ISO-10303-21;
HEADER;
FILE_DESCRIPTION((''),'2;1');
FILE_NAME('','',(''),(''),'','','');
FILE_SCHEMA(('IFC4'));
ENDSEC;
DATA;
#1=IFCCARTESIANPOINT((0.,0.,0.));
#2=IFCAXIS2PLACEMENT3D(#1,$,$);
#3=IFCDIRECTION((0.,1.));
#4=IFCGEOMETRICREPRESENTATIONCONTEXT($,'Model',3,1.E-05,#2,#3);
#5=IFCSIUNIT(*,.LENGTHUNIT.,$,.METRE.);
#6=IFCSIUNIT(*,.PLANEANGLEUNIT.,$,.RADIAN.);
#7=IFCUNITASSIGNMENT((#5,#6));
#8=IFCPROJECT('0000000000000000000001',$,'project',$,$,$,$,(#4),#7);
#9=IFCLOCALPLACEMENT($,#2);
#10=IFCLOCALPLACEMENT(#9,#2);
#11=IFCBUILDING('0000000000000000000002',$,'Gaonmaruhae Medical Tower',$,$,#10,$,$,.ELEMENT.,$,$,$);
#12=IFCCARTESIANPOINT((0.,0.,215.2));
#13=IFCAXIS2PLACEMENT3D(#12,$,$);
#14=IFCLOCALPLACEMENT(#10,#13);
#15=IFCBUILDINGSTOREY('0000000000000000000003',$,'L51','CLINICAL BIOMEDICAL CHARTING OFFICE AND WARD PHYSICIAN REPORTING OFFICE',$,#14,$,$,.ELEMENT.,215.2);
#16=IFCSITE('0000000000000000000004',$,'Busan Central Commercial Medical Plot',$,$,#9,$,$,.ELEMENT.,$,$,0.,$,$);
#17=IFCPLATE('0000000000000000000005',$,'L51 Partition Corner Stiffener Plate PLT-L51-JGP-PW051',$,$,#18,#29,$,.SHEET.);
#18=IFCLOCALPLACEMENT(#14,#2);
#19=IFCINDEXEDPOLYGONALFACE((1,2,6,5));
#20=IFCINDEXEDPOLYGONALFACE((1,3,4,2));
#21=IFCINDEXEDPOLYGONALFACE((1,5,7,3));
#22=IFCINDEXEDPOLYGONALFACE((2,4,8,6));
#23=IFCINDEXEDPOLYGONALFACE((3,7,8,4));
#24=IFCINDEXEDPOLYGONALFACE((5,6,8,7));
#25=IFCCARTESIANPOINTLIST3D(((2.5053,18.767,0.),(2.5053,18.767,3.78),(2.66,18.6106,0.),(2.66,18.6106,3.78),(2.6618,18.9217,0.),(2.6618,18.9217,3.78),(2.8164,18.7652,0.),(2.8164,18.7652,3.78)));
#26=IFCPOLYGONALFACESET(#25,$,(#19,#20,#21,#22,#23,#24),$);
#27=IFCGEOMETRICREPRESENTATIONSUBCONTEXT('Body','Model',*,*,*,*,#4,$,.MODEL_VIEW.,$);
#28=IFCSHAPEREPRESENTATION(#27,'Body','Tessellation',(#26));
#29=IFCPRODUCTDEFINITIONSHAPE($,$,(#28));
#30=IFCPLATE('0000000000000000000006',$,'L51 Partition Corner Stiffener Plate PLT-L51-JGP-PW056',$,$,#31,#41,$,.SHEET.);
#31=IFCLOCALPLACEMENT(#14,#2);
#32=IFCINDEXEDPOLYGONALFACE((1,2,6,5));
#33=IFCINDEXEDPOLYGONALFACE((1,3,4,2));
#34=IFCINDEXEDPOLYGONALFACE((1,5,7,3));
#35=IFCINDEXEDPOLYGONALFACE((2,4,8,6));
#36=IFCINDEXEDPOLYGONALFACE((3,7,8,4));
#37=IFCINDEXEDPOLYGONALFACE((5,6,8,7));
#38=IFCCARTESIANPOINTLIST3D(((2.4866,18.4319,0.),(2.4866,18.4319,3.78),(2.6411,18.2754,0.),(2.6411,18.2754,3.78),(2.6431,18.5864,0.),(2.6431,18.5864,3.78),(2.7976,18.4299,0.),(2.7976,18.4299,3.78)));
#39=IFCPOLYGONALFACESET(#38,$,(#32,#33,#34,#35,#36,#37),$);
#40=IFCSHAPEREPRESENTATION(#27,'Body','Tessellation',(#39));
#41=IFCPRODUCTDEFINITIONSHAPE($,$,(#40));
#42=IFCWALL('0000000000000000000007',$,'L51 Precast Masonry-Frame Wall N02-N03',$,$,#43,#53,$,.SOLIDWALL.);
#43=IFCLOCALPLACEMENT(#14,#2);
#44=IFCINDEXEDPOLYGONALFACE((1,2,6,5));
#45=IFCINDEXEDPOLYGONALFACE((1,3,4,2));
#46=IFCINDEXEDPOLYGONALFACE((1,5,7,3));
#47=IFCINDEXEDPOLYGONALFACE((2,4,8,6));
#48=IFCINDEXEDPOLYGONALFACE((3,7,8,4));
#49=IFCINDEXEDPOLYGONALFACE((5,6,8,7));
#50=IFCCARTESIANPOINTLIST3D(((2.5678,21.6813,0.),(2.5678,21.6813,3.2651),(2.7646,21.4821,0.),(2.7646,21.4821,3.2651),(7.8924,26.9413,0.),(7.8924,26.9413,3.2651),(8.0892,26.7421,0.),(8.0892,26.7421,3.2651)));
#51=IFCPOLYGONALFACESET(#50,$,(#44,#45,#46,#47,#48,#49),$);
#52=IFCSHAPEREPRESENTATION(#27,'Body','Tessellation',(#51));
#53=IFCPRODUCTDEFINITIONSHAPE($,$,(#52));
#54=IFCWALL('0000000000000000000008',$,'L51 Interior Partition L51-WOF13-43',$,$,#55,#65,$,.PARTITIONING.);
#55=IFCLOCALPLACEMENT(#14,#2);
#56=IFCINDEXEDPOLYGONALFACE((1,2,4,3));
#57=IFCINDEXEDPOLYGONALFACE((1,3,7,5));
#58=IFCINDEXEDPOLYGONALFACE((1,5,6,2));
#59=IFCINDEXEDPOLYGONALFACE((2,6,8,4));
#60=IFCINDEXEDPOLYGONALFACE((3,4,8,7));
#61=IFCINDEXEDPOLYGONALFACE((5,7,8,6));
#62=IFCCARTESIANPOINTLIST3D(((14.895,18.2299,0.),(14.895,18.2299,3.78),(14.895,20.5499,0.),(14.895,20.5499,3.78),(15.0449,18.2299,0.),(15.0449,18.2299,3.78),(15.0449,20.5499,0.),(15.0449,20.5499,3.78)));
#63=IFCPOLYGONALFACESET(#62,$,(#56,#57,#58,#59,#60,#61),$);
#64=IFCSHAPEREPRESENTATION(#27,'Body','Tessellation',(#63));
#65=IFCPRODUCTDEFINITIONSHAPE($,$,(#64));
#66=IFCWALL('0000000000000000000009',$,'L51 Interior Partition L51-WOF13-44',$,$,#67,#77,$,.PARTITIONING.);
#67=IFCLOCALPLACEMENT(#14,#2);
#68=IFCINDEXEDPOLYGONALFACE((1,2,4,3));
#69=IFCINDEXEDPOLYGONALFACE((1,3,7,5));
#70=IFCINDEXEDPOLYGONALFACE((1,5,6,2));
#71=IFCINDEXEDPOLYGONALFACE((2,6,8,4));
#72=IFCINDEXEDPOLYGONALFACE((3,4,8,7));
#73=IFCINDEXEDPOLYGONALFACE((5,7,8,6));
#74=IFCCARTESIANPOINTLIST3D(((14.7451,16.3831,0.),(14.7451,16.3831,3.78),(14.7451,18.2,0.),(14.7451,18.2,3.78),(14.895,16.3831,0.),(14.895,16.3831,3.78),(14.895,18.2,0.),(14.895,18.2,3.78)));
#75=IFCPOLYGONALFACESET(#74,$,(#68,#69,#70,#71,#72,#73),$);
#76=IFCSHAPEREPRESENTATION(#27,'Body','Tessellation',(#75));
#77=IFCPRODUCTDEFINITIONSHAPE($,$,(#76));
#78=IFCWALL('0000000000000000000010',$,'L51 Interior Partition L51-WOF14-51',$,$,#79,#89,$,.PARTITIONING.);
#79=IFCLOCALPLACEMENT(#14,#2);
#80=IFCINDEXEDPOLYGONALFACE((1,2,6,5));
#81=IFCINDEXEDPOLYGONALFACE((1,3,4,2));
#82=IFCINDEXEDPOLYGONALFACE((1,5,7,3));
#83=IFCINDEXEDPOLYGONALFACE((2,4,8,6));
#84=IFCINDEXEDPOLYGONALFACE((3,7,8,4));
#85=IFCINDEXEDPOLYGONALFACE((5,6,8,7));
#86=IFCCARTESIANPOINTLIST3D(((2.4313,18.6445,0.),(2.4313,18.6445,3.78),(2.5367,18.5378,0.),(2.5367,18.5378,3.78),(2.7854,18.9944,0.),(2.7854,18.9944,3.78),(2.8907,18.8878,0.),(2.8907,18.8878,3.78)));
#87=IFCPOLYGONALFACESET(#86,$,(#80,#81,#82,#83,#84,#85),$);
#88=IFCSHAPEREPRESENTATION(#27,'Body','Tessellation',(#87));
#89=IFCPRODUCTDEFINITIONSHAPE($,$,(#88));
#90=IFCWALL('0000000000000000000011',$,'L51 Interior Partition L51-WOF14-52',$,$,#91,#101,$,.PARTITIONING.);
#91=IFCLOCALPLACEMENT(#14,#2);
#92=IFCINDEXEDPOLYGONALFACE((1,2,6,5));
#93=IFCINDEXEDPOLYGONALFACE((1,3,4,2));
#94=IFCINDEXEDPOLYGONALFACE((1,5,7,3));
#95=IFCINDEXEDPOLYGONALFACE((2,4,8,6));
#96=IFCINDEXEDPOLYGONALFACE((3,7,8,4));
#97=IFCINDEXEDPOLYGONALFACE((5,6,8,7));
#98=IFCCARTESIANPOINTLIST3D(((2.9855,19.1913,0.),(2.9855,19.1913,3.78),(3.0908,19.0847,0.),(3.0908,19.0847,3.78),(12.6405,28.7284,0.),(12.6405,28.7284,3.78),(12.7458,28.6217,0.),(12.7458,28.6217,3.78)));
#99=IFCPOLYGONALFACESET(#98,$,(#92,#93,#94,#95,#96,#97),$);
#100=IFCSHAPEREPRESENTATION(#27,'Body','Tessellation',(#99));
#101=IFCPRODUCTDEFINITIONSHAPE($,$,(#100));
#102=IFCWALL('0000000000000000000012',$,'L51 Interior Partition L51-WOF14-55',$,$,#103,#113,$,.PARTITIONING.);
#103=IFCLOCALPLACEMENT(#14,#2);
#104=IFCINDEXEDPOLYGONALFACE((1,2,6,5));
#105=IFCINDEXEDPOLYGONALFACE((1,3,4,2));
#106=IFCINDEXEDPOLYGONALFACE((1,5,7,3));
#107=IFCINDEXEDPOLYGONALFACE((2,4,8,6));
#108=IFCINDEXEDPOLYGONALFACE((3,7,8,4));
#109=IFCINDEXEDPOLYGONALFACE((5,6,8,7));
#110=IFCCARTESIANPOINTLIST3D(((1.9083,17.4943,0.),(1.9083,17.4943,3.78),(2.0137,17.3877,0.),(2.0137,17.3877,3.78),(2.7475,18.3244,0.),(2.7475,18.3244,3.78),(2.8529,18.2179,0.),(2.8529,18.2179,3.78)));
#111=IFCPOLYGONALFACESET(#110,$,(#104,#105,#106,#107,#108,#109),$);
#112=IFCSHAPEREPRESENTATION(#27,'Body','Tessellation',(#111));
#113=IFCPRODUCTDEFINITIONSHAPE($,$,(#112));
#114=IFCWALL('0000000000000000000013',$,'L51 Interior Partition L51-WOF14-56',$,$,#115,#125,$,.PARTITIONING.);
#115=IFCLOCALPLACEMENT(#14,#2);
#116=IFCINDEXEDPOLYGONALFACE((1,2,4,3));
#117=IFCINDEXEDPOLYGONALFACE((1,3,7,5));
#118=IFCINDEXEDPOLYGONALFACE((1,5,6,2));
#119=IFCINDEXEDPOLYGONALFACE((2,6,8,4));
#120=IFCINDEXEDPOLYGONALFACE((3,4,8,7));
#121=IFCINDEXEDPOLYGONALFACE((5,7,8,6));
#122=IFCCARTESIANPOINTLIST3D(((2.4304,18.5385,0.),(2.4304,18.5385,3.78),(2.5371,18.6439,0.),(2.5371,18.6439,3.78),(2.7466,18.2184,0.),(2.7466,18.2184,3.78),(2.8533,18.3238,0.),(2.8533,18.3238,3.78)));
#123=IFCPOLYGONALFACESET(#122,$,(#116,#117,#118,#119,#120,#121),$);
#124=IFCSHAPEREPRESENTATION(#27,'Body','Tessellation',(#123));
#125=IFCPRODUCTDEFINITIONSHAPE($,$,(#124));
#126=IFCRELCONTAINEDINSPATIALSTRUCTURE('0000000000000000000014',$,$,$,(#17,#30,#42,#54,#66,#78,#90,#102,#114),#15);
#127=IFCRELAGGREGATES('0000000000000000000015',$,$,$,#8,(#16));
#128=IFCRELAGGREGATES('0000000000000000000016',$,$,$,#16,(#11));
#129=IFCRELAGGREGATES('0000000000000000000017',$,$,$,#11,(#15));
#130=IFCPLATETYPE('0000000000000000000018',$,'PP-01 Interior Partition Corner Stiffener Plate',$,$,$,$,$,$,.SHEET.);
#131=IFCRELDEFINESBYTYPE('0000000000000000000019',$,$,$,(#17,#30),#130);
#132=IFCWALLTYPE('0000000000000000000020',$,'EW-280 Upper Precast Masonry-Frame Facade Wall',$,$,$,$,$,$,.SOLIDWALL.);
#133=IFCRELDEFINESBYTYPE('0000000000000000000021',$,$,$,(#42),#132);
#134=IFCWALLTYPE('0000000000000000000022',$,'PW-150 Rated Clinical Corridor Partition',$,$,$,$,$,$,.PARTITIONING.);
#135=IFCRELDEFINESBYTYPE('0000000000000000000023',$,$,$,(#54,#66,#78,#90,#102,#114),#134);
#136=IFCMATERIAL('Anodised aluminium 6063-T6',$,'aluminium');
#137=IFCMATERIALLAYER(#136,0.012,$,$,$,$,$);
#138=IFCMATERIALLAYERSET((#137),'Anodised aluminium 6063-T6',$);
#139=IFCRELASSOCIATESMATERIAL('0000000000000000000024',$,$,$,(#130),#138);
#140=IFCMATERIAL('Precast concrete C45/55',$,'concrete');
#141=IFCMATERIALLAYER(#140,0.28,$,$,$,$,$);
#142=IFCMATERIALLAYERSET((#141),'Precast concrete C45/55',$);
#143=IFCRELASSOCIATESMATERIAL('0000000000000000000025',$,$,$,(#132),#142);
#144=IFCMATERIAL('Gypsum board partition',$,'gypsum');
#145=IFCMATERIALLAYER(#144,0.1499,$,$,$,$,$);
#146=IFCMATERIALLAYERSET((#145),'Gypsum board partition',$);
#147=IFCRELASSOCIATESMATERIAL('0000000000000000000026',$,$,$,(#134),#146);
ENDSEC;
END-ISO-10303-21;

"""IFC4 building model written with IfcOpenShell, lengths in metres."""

from ifc_helpers import new_model, si_unit, direction, frame, frame_2d, origin, origin_2d, place, context, subcontext, project, spatial, rectangle, extrude, material, layer, layer_set, type_object, element, save


model = new_model("IFC4")

# Units and contexts
model_context = context("Model", 3, precision=1e-05, world=origin(), true_north=direction((0.0, 1.0)))
body_context = subcontext(model_context, "Body", "Model", "MODEL_VIEW")
ifc_project = project(units=[si_unit("LENGTHUNIT", "METRE"), si_unit("PLANEANGLEUNIT", "RADIAN")], contexts=[model_context])

# Site, building, storey
site_placement = place(None, origin())
site = spatial("IfcSite", under=ifc_project, at=site_placement, Name="Busan Central Commercial Medical Plot", CompositionType="ELEMENT", RefElevation=0.0)
building_placement = place(site_placement, origin())
building = spatial("IfcBuilding", under=site, at=building_placement, Name="Gaonmaruhae Medical Tower", CompositionType="ELEMENT")
storey_placement = place(building_placement, frame((0.0, 0.0, 215.2)))
storey = spatial("IfcBuildingStorey", under=building, at=storey_placement, Name="L51", Description="CLINICAL BIOMEDICAL CHARTING OFFICE AND WARD PHYSICIAN REPORTING OFFICE", CompositionType="ELEMENT", Elevation=215.2)

# Plates
ifc_material_1 = material(Name="Anodised aluminium 6063-T6", Category="aluminium")
ifc_layer_1 = layer(ifc_material_1, 0.012)
ifc_layer_set_1 = layer_set([ifc_layer_1], Name="Anodised aluminium 6063-T6")
plate_type_1 = type_object("IfcPlateType", Name="PP-01 Interior Partition Corner Stiffener Plate", PredefinedType="SHEET", material=ifc_layer_set_1)
for number, where, z_axis, x_axis, name in (
    (1, (2.6609, 18.7661, 0.0), (0.0, 0.0, 1.0), (0.711119, 0.703072, 0.0), "L51 Partition Corner Stiffener Plate PLT-L51-JGP-PW051"),
    (2, (2.6421, 18.4309, 0.0), (0.0, 0.0, 1.0), (-0.70265, 0.711536, 0.0), "L51 Partition Corner Stiffener Plate PLT-L51-JGP-PW056"),
):
    element("IfcPlate", number, at=place(storey_placement, frame(where, z_axis=z_axis, x_axis=x_axis)), inside=storey, type_object=plate_type_1, Name=name, PredefinedType="SHEET", context=body_context, shape_type="SweptSolid", body=[
        extrude(rectangle(XDim=0.22, YDim=0.22, at=origin_2d()), origin(), (0.0, 0.0, 1.0), 3.78),
    ])

# Walls
ifc_material_2 = material(Name="Precast concrete C45/55", Category="concrete")
ifc_layer_2 = layer(ifc_material_2, 0.28)
ifc_layer_set_2 = layer_set([ifc_layer_2], Name="Precast concrete C45/55")
wall_type_1 = type_object("IfcWallType", Name="EW-280 Upper Precast Masonry-Frame Facade Wall", PredefinedType="SOLIDWALL", material=ifc_layer_set_2)
wall_1_placement = place(storey_placement, frame((2.6663, 21.5818, 0.0), z_axis=(0.0, 0.0, 1.0), x_axis=(0.711416, 0.702772, 0.0)))
element("IfcWall", 3, at=wall_1_placement, inside=storey, type_object=wall_type_1, Name="L51 Precast Masonry-Frame Wall N02-N03", PredefinedType="SOLIDWALL", context=body_context, shape_type="SweptSolid", body=[
    extrude(rectangle(XDim=7.4846, YDim=0.28, at=frame_2d((3.7422, 0.0))), origin(), (0.0, 0.0, 1.0), 3.2651),
])
ifc_material_3 = material(Name="Gypsum board partition", Category="gypsum")
ifc_layer_3 = layer(ifc_material_3, 0.1499)
ifc_layer_set_3 = layer_set([ifc_layer_3], Name="Gypsum board partition")
wall_type_2 = type_object("IfcWallType", Name="PW-150 Rated Clinical Corridor Partition", PredefinedType="PARTITIONING", material=ifc_layer_set_3)
wall_2_placement = place(storey_placement, frame((14.97, 20.55, 0.0), z_axis=(0.0, 0.0, 1.0), x_axis=(0.0, -1.0, 0.0)))
element("IfcWall", 4, at=wall_2_placement, inside=storey, type_object=wall_type_2, Name="L51 Interior Partition L51-WOF13-43", PredefinedType="PARTITIONING", context=body_context, shape_type="SweptSolid", body=[
    extrude(rectangle(XDim=2.3201, YDim=0.1499, at=frame_2d((1.1602, 0.0))), origin(), (0.0, 0.0, 1.0), 3.78),
])
wall_3_placement = place(storey_placement, frame((14.8201, 18.2, 0.0), z_axis=(0.0, 0.0, 1.0), x_axis=(0.0, -1.0, 0.0)))
element("IfcWall", 5, at=wall_3_placement, inside=storey, type_object=wall_type_2, Name="L51 Interior Partition L51-WOF13-44", PredefinedType="PARTITIONING", context=body_context, shape_type="SweptSolid", body=[
    extrude(rectangle(XDim=1.8169, YDim=0.1499, at=frame_2d((0.9084, 0.0))), origin(), (0.0, 0.0, 1.0), 3.78),
])
wall_4_placement = place(storey_placement, frame((2.4839, 18.5911, 0.0), z_axis=(0.0, 0.0, 1.0), x_axis=(0.711264, 0.702925, 0.0)))
element("IfcWall", 6, at=wall_4_placement, inside=storey, type_object=wall_type_2, Name="L51 Interior Partition L51-WOF14-51", PredefinedType="PARTITIONING", context=body_context, shape_type="SweptSolid", body=[
    extrude(rectangle(XDim=0.4978, YDim=0.1499, at=frame_2d((0.249, 0.0))), origin(), (0.0, 0.0, 1.0), 3.78),
])
wall_5_placement = place(storey_placement, frame((3.0381, 19.1379, 0.0), z_axis=(0.0, 0.0, 1.0), x_axis=(0.711438, 0.702749, 0.0)))
element("IfcWall", 7, at=wall_5_placement, inside=storey, type_object=wall_type_2, Name="L51 Interior Partition L51-WOF14-52", PredefinedType="PARTITIONING", context=body_context, shape_type="SweptSolid", body=[
    extrude(rectangle(XDim=13.571, YDim=0.1499, at=frame_2d((6.7856, 0.0))), origin(), (0.0, 0.0, 1.0), 3.78),
])
wall_6_placement = place(storey_placement, frame((1.9609, 17.4409, 0.0), z_axis=(0.0, 0.0, 1.0), x_axis=(0.710923, 0.70327, 0.0)))
element("IfcWall", 8, at=wall_6_placement, inside=storey, type_object=wall_type_2, Name="L51 Interior Partition L51-WOF14-55", PredefinedType="PARTITIONING", context=body_context, shape_type="SweptSolid", body=[
    extrude(rectangle(XDim=1.1804, YDim=0.1499, at=frame_2d((0.5903, 0.0))), origin(), (0.0, 0.0, 1.0), 3.78),
])
wall_7_placement = place(storey_placement, frame((2.8, 18.271, 0.0), z_axis=(0.0, 0.0, 1.0), x_axis=(-0.702752, 0.711435, 0.0)))
element("IfcWall", 9, at=wall_7_placement, inside=storey, type_object=wall_type_2, Name="L51 Interior Partition L51-WOF14-56", PredefinedType="PARTITIONING", context=body_context, shape_type="SweptSolid", body=[
    extrude(rectangle(XDim=0.45, YDim=0.1499, at=frame_2d((0.2251, 0.0))), origin(), (0.0, 0.0, 1.0), 3.78),
])

save(model, "model.ifc")
